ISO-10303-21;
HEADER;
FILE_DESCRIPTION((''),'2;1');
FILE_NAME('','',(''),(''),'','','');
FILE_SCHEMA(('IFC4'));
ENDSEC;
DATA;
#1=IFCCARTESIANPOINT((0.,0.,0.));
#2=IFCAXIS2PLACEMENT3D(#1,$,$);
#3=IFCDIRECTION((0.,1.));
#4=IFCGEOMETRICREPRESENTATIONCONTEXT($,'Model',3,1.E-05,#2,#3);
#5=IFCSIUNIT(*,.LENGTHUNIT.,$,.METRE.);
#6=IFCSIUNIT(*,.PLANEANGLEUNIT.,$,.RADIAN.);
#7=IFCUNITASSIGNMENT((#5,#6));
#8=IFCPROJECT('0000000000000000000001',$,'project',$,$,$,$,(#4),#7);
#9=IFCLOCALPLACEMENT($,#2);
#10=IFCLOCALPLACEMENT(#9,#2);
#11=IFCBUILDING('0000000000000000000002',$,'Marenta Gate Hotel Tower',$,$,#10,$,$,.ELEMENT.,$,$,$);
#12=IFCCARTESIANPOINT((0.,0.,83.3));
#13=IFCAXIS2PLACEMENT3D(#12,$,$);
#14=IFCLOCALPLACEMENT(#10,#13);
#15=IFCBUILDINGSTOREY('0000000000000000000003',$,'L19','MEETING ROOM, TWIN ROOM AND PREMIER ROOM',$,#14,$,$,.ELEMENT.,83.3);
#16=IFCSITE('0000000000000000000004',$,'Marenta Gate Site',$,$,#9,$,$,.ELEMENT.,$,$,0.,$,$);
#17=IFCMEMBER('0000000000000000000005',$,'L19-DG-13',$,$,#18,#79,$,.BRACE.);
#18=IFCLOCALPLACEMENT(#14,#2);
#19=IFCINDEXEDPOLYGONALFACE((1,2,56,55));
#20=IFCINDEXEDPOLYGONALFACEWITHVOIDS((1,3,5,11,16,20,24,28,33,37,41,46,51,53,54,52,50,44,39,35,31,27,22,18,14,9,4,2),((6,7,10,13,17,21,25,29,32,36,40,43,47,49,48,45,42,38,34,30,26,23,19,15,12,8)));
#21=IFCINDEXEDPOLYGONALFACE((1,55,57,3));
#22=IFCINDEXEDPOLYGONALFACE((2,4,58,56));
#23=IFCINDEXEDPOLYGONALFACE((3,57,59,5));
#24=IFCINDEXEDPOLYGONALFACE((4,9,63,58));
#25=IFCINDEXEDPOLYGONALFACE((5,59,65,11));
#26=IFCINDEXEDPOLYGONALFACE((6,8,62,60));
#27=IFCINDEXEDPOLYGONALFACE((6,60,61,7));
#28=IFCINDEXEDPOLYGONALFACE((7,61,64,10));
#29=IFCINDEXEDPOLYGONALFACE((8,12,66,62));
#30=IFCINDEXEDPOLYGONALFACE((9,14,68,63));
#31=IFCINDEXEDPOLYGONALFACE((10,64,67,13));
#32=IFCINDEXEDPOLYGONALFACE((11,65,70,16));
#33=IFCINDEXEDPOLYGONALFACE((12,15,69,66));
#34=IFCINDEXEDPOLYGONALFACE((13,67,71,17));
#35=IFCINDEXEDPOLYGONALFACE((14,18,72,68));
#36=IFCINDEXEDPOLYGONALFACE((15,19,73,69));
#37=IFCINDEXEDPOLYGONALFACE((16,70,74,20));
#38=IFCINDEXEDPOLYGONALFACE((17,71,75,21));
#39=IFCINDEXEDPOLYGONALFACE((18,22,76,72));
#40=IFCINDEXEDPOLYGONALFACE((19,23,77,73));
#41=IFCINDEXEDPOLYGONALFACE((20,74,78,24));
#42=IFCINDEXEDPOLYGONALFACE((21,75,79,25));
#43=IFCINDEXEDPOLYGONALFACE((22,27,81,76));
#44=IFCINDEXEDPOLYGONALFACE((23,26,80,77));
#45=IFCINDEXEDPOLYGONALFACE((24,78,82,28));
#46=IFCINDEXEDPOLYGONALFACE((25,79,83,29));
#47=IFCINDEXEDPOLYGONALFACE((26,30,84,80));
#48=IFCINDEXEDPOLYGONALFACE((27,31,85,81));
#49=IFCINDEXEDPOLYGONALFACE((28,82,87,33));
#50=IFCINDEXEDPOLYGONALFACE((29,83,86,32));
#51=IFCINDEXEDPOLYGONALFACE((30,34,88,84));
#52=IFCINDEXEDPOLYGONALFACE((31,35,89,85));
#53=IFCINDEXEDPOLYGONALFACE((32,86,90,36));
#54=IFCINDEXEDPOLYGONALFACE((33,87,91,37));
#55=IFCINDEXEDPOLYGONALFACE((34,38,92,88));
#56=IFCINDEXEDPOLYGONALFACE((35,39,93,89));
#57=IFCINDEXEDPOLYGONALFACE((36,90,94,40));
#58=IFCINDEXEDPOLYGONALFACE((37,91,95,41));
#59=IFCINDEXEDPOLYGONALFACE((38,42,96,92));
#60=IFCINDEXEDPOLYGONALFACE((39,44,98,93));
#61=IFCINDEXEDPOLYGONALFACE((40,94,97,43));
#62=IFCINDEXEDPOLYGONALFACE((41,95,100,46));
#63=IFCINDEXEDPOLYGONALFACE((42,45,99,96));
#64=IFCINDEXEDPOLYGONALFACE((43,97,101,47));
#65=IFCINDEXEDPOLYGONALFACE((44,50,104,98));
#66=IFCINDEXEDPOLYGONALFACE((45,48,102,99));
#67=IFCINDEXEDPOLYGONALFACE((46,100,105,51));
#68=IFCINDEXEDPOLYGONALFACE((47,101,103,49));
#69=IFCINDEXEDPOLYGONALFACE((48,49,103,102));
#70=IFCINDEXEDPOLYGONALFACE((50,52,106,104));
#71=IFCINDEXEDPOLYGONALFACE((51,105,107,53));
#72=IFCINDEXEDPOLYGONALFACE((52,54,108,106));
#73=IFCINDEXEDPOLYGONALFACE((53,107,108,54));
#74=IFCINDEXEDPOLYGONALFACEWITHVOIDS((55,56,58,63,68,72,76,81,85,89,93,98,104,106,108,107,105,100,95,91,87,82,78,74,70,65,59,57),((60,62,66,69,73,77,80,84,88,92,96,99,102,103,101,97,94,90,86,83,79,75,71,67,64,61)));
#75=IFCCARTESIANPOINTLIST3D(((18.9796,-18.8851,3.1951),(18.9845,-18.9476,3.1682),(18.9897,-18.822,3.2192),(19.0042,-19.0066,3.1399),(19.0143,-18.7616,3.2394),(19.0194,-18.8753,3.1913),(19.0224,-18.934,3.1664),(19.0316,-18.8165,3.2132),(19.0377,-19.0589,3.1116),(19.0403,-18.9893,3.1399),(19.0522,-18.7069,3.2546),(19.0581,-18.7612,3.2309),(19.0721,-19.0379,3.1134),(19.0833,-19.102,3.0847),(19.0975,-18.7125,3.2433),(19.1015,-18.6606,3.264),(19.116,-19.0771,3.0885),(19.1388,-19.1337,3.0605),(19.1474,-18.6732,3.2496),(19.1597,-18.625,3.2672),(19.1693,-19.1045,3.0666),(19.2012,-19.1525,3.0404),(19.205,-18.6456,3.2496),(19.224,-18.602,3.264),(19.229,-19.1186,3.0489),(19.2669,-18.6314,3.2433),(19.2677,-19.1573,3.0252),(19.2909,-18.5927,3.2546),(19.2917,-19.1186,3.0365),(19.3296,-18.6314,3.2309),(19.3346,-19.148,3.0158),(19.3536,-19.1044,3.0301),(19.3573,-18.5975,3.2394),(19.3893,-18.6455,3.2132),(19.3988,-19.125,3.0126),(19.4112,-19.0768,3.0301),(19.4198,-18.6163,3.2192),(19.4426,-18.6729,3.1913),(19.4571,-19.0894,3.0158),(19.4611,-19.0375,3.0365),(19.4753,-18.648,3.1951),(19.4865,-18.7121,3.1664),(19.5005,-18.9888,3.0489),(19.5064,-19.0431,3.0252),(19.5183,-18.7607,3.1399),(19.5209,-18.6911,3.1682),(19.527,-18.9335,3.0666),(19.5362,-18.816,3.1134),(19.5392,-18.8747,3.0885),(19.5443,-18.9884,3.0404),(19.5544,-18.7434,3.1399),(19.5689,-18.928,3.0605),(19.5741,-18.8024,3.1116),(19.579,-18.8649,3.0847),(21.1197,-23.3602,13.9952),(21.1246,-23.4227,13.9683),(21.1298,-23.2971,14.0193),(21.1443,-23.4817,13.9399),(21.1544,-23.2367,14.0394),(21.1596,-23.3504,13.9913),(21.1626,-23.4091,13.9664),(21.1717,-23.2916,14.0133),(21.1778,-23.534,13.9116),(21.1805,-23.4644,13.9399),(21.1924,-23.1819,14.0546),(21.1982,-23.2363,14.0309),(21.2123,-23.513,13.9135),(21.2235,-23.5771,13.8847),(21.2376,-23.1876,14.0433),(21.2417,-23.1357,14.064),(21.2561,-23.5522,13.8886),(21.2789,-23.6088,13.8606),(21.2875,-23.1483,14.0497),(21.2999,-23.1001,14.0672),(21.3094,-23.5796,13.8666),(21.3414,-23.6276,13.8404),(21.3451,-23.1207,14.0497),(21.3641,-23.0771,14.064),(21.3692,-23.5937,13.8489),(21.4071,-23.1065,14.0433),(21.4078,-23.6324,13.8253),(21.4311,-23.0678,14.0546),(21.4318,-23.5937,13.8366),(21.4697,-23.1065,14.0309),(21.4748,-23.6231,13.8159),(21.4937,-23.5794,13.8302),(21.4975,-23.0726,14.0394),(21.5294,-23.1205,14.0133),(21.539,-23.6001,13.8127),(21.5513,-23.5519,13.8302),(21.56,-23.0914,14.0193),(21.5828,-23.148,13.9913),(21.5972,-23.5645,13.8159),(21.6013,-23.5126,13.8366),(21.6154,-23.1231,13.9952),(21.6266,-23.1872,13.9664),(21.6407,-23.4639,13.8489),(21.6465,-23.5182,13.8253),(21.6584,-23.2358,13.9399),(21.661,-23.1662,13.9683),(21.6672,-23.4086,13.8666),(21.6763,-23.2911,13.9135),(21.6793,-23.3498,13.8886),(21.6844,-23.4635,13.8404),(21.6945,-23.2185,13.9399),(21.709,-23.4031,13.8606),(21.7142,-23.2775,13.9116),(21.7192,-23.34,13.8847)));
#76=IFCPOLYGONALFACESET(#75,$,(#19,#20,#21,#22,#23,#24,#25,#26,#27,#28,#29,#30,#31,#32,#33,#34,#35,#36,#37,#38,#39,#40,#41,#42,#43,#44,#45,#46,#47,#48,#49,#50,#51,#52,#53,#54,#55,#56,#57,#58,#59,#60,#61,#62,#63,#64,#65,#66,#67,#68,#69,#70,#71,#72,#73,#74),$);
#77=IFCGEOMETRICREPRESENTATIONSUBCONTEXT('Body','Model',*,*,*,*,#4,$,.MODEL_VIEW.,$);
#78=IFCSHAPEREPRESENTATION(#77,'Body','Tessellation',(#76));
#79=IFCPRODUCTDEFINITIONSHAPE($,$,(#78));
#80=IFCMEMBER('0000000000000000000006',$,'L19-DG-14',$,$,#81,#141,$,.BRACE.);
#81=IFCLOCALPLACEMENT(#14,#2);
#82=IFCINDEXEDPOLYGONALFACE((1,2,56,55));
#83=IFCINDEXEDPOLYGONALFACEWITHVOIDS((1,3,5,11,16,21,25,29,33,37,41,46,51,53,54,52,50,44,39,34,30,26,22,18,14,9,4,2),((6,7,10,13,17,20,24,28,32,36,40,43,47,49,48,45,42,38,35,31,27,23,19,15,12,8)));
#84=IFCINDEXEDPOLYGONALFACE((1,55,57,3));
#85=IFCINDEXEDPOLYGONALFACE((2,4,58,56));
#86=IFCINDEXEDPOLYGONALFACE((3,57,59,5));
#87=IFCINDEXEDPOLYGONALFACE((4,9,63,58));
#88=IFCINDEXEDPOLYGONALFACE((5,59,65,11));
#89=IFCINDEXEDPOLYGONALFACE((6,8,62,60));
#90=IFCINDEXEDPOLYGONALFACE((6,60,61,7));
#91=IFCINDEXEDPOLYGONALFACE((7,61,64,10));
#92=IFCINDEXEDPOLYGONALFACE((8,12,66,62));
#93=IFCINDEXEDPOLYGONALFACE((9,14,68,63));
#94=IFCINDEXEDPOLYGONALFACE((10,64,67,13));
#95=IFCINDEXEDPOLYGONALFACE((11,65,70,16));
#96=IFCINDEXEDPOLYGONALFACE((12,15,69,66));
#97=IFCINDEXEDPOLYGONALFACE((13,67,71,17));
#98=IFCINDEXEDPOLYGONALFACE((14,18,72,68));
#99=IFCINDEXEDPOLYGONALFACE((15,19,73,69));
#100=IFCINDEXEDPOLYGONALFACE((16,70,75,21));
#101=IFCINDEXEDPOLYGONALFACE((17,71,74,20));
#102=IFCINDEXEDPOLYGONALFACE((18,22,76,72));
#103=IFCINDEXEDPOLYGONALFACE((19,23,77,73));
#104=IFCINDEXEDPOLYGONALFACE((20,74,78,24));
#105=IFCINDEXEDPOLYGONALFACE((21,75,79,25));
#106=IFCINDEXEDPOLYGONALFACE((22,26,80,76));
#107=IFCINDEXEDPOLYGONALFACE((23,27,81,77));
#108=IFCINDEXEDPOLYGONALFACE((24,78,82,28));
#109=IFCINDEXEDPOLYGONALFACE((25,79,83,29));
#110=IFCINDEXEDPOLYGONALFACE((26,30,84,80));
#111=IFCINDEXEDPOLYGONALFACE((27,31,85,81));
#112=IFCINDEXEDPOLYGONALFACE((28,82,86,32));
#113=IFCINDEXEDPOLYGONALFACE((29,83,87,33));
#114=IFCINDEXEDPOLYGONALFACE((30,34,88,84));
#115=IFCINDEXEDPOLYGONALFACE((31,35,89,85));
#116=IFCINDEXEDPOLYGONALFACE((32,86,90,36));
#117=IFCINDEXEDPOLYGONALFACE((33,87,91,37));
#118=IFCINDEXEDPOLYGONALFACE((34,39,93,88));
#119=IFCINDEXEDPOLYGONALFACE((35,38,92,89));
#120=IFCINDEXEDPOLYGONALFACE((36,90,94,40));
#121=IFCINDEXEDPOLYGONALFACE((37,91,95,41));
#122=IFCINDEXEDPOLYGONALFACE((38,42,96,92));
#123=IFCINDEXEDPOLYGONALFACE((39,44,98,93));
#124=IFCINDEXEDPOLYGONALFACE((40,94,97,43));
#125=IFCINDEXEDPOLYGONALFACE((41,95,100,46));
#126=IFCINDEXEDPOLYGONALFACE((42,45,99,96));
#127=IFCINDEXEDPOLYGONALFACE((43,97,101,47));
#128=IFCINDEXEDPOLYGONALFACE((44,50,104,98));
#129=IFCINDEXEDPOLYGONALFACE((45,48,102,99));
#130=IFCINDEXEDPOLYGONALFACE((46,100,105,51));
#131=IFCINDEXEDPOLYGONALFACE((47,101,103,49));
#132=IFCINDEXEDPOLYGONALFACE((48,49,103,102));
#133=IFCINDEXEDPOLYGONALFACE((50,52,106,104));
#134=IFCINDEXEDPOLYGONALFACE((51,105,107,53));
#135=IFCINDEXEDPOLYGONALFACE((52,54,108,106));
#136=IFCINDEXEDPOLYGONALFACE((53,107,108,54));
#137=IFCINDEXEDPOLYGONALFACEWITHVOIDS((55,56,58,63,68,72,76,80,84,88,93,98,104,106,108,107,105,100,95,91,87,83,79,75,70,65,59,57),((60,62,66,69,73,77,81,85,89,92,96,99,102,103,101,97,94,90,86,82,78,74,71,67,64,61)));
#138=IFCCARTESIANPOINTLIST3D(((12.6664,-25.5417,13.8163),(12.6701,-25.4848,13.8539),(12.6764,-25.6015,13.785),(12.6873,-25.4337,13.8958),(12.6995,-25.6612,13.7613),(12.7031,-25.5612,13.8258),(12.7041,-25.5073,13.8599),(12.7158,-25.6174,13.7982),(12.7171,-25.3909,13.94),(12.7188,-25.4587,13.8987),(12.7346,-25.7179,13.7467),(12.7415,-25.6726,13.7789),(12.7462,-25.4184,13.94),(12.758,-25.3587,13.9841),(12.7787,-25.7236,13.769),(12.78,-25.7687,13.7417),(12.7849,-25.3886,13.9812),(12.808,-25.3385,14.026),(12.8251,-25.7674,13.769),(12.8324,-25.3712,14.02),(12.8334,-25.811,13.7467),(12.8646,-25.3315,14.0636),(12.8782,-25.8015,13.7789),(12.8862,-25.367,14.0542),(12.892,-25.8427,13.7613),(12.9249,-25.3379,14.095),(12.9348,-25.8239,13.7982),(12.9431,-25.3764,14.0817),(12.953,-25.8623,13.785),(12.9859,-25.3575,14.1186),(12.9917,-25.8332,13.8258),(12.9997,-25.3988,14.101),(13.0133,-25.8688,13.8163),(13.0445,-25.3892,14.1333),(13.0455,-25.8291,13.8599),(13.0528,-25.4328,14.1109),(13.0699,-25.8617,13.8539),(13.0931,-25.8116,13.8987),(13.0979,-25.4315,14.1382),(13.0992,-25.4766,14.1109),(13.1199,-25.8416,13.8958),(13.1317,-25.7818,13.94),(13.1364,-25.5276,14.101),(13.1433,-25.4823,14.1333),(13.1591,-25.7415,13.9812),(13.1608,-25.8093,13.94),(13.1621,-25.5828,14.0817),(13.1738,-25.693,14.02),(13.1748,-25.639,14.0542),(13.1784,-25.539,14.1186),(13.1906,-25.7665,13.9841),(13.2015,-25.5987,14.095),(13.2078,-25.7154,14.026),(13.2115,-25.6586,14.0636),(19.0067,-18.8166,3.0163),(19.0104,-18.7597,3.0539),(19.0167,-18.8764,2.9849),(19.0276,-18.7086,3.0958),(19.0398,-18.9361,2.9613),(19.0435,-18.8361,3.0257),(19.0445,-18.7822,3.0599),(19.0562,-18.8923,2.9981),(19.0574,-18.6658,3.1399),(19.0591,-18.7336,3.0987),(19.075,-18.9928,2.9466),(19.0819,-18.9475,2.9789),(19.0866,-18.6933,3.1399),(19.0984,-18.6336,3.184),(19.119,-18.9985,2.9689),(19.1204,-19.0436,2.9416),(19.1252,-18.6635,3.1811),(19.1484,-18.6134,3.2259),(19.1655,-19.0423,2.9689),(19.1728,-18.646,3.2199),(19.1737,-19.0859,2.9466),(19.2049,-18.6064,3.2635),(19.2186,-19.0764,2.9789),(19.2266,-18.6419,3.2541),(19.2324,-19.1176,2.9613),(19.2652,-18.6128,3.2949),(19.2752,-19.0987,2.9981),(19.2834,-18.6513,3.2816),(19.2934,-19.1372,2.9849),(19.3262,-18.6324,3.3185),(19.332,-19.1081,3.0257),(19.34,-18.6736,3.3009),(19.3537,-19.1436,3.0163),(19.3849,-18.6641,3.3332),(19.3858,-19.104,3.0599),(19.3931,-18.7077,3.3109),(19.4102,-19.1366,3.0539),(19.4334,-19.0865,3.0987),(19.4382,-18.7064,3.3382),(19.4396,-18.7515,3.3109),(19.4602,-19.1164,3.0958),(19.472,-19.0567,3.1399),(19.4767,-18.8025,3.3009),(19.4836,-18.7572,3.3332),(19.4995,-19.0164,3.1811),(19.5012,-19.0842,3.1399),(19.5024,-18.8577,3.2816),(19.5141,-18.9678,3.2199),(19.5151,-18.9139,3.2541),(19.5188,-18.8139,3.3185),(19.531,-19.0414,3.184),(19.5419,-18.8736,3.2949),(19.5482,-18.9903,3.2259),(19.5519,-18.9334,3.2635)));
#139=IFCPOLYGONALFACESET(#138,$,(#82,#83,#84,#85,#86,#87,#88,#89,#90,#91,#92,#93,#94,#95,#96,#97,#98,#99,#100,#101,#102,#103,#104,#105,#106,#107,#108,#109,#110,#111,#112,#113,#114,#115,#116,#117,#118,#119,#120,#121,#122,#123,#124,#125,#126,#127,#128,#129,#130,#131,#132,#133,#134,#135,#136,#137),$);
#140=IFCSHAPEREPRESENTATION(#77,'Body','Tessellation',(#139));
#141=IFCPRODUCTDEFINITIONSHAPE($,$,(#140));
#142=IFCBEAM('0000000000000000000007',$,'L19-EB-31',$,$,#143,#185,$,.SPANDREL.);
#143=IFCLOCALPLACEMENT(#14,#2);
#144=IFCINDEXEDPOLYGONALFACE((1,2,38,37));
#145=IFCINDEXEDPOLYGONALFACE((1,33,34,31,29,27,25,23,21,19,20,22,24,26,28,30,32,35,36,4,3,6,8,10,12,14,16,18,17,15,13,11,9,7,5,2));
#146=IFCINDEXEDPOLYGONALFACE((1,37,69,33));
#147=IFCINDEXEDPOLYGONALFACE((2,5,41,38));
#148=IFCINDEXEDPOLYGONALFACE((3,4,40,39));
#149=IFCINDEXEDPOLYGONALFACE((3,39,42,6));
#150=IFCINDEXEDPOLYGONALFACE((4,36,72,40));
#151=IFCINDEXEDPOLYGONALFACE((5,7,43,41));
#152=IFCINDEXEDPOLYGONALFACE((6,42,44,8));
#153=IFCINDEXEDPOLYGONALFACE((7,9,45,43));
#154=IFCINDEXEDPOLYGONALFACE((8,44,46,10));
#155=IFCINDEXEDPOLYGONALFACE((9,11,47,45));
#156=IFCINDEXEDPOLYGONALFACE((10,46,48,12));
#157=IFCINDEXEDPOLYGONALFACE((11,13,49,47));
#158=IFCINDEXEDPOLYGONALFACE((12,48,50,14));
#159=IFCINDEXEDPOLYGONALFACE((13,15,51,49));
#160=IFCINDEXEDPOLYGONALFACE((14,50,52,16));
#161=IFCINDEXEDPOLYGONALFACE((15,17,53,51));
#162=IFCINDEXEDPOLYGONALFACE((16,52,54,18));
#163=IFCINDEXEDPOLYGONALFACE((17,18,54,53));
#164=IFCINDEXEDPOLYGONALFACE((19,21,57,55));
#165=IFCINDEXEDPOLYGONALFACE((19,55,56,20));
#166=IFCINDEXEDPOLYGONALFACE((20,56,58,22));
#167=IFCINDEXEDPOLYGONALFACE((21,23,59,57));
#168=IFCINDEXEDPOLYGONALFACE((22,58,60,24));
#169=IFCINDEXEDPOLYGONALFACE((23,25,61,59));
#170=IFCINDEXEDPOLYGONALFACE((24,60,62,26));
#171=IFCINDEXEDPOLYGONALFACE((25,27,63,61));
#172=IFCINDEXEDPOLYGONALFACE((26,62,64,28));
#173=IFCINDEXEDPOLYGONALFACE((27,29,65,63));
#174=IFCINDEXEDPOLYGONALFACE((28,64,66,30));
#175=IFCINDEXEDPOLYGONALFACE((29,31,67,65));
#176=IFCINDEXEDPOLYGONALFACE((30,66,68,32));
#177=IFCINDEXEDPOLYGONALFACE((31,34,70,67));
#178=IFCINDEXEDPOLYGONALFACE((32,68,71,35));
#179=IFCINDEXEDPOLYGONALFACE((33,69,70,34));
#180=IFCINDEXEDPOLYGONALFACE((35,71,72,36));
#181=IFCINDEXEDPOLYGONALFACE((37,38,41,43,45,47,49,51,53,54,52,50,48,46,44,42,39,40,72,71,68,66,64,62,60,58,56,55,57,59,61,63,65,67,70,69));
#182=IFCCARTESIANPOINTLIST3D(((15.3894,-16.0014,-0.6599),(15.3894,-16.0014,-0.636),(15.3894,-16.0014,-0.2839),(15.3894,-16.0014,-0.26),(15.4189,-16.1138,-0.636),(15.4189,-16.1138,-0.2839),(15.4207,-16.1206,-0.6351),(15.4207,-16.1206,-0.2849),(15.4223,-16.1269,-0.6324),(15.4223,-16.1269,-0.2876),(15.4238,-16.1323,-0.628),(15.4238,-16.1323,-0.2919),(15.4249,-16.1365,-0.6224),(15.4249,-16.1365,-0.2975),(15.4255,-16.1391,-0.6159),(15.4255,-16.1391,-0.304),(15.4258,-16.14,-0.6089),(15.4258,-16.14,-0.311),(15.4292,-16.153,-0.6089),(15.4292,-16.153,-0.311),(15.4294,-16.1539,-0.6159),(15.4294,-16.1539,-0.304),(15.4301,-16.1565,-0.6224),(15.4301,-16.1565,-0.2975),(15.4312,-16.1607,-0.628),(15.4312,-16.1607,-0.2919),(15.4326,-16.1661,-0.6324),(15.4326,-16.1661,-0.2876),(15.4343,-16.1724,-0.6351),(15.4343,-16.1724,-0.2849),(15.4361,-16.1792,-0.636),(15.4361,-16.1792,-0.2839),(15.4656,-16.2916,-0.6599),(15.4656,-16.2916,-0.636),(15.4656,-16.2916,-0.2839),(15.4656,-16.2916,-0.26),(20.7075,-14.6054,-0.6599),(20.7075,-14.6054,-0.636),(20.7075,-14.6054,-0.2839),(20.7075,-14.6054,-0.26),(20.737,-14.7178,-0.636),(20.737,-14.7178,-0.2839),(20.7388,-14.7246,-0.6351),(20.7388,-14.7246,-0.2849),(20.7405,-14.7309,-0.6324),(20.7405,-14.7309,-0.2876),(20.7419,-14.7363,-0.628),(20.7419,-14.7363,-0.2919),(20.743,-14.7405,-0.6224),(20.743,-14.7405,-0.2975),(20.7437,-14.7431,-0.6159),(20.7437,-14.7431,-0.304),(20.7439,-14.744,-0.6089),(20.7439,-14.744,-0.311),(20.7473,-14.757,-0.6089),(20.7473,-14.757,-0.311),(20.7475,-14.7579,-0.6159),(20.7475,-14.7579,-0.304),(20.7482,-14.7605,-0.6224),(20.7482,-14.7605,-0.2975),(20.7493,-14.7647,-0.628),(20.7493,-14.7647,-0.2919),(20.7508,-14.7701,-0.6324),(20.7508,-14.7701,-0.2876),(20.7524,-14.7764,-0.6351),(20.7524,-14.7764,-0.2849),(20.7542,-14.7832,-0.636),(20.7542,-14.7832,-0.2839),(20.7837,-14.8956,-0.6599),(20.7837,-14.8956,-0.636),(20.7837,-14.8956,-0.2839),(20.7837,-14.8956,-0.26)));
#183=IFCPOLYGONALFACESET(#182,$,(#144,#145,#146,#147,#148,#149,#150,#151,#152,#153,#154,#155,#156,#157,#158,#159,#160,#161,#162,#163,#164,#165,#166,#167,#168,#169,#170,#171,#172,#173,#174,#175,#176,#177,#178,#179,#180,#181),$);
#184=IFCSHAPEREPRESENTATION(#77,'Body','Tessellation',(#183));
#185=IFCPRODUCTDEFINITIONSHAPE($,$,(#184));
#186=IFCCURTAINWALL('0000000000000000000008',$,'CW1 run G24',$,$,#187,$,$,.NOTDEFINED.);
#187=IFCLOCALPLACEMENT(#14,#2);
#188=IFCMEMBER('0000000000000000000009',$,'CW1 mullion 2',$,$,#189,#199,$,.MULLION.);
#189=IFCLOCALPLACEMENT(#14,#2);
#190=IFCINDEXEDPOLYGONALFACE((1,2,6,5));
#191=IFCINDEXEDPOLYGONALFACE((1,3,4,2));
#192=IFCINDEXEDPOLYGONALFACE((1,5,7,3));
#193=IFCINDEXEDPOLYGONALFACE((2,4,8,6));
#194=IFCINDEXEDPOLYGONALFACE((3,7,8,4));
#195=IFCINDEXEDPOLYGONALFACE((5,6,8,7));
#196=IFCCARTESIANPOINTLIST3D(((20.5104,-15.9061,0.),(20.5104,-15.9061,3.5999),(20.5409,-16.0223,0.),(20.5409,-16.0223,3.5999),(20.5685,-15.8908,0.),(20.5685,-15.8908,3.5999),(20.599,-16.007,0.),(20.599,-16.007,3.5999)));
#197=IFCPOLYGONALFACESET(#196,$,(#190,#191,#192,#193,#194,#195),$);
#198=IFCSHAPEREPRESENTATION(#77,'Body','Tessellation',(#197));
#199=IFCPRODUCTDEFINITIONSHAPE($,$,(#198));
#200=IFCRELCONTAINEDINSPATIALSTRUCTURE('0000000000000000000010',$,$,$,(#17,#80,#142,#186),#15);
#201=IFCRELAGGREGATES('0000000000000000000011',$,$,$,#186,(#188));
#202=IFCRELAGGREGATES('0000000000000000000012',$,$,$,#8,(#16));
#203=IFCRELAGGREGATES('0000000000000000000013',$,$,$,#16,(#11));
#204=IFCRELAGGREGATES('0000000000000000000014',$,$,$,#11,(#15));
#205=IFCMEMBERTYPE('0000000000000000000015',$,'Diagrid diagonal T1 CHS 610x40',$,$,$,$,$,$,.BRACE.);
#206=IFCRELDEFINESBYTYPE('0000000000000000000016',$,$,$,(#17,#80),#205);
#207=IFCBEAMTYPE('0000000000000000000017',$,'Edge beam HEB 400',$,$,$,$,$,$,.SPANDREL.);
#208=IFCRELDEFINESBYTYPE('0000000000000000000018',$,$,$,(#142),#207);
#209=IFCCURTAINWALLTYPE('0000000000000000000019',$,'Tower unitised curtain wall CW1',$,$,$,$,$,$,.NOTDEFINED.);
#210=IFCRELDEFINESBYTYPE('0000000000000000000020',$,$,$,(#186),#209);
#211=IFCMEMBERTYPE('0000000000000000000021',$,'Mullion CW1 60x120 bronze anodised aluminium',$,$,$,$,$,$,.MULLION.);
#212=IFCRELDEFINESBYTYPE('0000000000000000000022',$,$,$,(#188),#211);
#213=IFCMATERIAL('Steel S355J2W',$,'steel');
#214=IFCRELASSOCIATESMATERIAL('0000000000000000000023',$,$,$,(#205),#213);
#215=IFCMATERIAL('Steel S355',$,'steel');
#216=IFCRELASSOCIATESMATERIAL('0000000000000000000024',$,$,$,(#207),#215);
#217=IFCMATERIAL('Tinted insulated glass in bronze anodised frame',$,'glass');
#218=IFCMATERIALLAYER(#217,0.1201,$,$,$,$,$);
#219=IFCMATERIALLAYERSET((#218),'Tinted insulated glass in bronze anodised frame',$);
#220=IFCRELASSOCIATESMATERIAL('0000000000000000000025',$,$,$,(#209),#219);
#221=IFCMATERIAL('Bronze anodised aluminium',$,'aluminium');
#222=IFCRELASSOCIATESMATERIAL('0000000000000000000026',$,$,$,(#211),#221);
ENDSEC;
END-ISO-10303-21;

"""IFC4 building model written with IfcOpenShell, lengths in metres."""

from ifc_helpers import new_model, si_unit, direction, frame, origin, origin_2d, place, context, subcontext, project, spatial, rectangle, hollow_circle, i_section, extrude, material, layer, layer_set, material_profile, profile_set, type_object, element, aggregate, save


model = new_model("IFC4")

# Units and contexts
model_context = context("Model", 3, precision=1e-05, world=origin(), true_north=direction((0.0, 1.0)))
body_context = subcontext(model_context, "Body", "Model", "MODEL_VIEW")
ifc_project = project(units=[si_unit("LENGTHUNIT", "METRE"), si_unit("PLANEANGLEUNIT", "RADIAN")], contexts=[model_context])

# Site, building, storey
site_placement = place(None, origin())
site = spatial("IfcSite", under=ifc_project, at=site_placement, Name="Marenta Gate Site", CompositionType="ELEMENT", RefElevation=0.0)
building_placement = place(site_placement, origin())
building = spatial("IfcBuilding", under=site, at=building_placement, Name="Marenta Gate Hotel Tower", CompositionType="ELEMENT")
storey_placement = place(building_placement, frame((0.0, 0.0, 83.3)))
storey = spatial("IfcBuildingStorey", under=building, at=storey_placement, Name="L19", Description="MEETING ROOM, TWIN ROOM AND PREMIER ROOM", CompositionType="ELEMENT", Elevation=83.3)

# Members
ifc_material_1 = material(Name="Steel S355J2W", Category="steel")
ifc_material_profile_1 = material_profile(ifc_material_1, hollow_circle(Radius=0.3049, WallThickness=0.04, at=origin_2d()), Name="CHS 610x40")
ifc_profile_set_1 = profile_set([ifc_material_profile_1], Name="Steel S355J2W")
member_type_1 = type_object("IfcMemberType", Name="Diagrid diagonal T1 CHS 610x40", PredefinedType="BRACE", material=ifc_profile_set_1)
member_1_placement = place(storey_placement, frame((19.2793, -18.875, 3.1399), z_axis=(0.180074, -0.376541, 0.90873), x_axis=(0.902144, 0.431435, 0.0)))
element("IfcMember", 1, at=member_1_placement, inside=storey, type_object=member_type_1, Name="L19-DG-13", PredefinedType="BRACE", context=body_context, shape_type="SweptSolid", body=[
    extrude(hollow_circle(Radius=0.3049, WallThickness=0.04, at=origin_2d()), origin(), (0.0, 0.0, 1.0), 11.8848),
])
member_2_placement = place(storey_placement, frame((19.2793, -18.875, 3.1399), z_axis=(-0.446029, -0.473097, 0.759761), x_axis=(0.727615, -0.685986, 0.0)))
element("IfcMember", 2, at=member_2_placement, inside=storey, type_object=member_type_1, Name="L19-DG-14", PredefinedType="BRACE", context=body_context, shape_type="SweptSolid", body=[
    extrude(hollow_circle(Radius=0.3049, WallThickness=0.04, at=origin_2d()), origin(), (0.0, 0.0, 1.0), 14.2151),
])

# Beam
ifc_material_2 = material(Name="Steel S355", Category="steel")
ifc_material_profile_2 = material_profile(ifc_material_2, i_section(OverallWidth=0.3, OverallDepth=0.3999, WebThickness=0.0134, FlangeThickness=0.0239, FilletRadius=0.0271, at=origin_2d()), Name="HEB 400")
ifc_profile_set_2 = profile_set([ifc_material_profile_2], Name="Steel S355")
beam_type = type_object("IfcBeamType", Name="Edge beam HEB 400", PredefinedType="SPANDREL", material=ifc_profile_set_2)
beam_placement = place(storey_placement, frame((20.7456, -14.7505, -0.46), z_axis=(-0.967231, -0.253897, 0.0), x_axis=(0.253897, -0.967231, 0.0)))
element("IfcBeam", 3, at=beam_placement, inside=storey, type_object=beam_type, Name="L19-EB-31", PredefinedType="SPANDREL", context=body_context, shape_type="SweptSolid", body=[
    extrude(i_section(OverallWidth=0.3, OverallDepth=0.3999, WebThickness=0.0134, FlangeThickness=0.0239, FilletRadius=0.0271, at=origin_2d()), origin(), (0.0, 0.0, 1.0), 5.4983),
])

# Curtain wall, member
ifc_material_3 = material(Name="Tinted insulated glass in bronze anodised frame", Category="glass")
ifc_layer_1 = layer(ifc_material_3, 0.1201)
ifc_layer_set_1 = layer_set([ifc_layer_1], Name="Tinted insulated glass in bronze anodised frame")
curtain_wall_type = type_object("IfcCurtainWallType", Name="Tower unitised curtain wall CW1", PredefinedType="NOTDEFINED", material=ifc_layer_set_1)
curtain_wall_placement = place(storey_placement, origin())
curtain_wall = element("IfcCurtainWall", 4, at=curtain_wall_placement, inside=storey, type_object=curtain_wall_type, Name="CW1 run G24", PredefinedType="NOTDEFINED")
ifc_material_4 = material(Name="Bronze anodised aluminium", Category="aluminium")
ifc_material_profile_3 = material_profile(ifc_material_4, rectangle(XDim=0.1201, YDim=0.0601, at=origin_2d()), Name="Mullion CW1 60x120 bronze anodised aluminium")
ifc_profile_set_3 = profile_set([ifc_material_profile_3], Name="Bronze anodised aluminium")
member_type_2 = type_object("IfcMemberType", Name="Mullion CW1 60x120 bronze anodised aluminium", PredefinedType="MULLION", material=ifc_profile_set_3)
member_3_placement = place(storey_placement, frame((20.5547, -15.9565, 0.0), z_axis=(0.0, 0.0, 1.0), x_axis=(-0.253364, 0.967371, 0.0)))
member_3 = element("IfcMember", 5, at=member_3_placement, type_object=member_type_2, Name="CW1 mullion 2", PredefinedType="MULLION", context=body_context, shape_type="SweptSolid", body=[
    extrude(rectangle(XDim=0.1201, YDim=0.0601, at=origin_2d()), origin(), (0.0, 0.0, 1.0), 3.5999),
])
aggregate(curtain_wall, [member_3])

save(model, "model.ifc")
